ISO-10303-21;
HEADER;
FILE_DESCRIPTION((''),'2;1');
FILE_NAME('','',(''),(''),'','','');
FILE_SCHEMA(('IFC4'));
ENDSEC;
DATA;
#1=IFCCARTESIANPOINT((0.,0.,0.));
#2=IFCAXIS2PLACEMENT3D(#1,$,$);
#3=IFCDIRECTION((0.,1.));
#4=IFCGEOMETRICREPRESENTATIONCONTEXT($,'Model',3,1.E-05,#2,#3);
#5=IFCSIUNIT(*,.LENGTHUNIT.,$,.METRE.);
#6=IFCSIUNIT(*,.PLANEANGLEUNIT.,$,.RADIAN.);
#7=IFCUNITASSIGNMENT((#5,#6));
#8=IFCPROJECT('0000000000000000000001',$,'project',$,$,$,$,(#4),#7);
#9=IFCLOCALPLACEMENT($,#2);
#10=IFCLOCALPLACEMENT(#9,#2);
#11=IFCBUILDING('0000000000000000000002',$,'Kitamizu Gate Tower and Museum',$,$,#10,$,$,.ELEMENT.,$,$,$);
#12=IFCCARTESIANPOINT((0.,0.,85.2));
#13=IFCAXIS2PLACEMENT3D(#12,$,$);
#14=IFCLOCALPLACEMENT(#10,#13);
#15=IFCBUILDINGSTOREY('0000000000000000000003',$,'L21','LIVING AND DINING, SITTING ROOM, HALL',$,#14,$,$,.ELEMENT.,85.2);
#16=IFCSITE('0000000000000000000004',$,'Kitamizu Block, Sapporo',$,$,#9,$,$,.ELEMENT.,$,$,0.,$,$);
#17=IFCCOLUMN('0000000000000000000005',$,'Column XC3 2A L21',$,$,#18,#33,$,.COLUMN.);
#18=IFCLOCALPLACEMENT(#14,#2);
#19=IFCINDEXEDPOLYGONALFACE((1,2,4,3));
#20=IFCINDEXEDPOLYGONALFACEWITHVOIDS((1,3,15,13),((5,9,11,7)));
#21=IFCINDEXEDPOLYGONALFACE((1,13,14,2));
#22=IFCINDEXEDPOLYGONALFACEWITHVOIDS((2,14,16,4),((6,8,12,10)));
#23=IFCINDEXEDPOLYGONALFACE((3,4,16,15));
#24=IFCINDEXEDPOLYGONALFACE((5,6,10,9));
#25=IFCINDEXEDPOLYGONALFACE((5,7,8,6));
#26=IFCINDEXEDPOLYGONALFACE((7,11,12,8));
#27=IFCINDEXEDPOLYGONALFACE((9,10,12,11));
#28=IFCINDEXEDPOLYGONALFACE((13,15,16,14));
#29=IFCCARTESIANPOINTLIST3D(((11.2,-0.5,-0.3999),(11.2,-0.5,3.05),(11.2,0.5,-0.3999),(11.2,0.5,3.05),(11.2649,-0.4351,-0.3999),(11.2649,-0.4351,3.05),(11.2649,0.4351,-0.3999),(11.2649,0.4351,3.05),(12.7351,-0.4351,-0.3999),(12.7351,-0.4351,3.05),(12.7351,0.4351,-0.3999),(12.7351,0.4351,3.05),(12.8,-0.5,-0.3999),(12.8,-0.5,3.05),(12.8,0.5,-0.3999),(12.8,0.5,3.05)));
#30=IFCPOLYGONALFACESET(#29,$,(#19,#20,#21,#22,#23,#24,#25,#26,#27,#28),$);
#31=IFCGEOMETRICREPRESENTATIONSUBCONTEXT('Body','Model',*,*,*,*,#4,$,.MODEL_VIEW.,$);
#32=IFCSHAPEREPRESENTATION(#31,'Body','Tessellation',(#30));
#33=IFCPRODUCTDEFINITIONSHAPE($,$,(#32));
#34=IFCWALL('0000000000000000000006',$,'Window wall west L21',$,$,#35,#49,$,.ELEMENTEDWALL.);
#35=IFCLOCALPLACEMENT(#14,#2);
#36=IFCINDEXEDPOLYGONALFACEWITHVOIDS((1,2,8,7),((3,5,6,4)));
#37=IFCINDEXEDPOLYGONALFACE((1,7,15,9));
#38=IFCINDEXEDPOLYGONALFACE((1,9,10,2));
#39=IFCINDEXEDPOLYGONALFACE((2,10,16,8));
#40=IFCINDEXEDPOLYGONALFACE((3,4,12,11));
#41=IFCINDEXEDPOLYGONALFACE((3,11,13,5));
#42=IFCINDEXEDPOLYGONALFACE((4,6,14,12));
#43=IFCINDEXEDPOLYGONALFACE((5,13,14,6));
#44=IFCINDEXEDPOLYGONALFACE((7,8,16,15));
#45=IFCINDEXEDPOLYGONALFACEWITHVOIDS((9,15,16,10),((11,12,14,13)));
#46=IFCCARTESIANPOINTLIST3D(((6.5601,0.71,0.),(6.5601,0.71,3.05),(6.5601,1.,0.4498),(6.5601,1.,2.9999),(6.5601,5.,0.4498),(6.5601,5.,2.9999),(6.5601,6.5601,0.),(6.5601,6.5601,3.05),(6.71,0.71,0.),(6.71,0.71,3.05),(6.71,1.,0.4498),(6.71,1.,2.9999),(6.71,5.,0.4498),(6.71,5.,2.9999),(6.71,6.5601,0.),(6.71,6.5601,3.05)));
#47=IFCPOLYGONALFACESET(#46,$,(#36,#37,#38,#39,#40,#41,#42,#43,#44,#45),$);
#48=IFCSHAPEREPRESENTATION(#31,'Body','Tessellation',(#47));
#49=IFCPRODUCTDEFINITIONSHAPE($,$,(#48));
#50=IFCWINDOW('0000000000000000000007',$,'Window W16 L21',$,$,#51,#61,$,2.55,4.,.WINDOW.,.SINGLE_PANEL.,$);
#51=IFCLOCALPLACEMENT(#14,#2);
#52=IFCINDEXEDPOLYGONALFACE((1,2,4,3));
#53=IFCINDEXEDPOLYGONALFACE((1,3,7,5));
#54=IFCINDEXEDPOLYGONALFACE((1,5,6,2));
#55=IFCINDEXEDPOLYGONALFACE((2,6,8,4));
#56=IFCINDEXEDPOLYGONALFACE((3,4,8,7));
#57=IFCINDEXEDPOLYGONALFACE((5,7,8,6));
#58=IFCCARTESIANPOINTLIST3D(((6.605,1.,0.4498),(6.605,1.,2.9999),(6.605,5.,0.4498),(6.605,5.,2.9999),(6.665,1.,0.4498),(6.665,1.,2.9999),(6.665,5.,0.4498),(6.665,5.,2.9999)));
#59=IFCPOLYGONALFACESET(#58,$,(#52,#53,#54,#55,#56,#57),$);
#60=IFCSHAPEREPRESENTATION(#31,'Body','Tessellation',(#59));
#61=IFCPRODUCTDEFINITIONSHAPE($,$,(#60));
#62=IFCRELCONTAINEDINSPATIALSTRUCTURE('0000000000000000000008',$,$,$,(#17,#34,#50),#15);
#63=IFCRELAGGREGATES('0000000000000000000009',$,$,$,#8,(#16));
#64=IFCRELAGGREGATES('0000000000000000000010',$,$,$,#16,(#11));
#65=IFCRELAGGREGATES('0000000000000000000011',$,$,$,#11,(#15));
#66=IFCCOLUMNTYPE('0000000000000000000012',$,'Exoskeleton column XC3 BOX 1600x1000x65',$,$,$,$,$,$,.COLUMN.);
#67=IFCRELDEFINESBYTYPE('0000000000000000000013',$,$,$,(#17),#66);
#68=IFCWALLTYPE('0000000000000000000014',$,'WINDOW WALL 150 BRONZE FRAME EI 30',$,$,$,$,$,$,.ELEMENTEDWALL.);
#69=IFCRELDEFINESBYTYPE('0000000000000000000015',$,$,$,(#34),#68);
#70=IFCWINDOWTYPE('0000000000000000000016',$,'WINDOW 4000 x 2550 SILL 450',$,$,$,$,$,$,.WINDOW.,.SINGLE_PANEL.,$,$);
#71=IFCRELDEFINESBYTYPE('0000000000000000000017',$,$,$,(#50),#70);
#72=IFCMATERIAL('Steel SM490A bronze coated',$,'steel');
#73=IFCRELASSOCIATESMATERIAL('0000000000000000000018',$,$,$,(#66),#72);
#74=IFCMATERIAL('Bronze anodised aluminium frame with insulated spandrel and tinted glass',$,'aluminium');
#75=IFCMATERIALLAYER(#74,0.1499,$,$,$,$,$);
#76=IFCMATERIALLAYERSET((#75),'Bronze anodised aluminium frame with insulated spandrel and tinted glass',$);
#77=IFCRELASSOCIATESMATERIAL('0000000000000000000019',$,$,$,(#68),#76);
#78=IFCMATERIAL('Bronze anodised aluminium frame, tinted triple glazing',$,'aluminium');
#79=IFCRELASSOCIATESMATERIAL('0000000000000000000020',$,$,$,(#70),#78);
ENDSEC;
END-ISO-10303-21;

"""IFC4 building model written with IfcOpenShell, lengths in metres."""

from ifc_helpers import new_model, si_unit, direction, frame, frame_2d, origin, origin_2d, place, context, subcontext, project, spatial, rectangle, hollow_rectangle, extrude, material, layer, layer_set, material_profile, profile_set, type_object, element, fill, save


model = new_model("IFC4")

# Units and contexts
model_context = context("Model", 3, precision=1e-05, world=origin(), true_north=direction((0.0, 1.0)))
body_context = subcontext(model_context, "Body", "Model", "MODEL_VIEW")
ifc_project = project(units=[si_unit("LENGTHUNIT", "METRE"), si_unit("PLANEANGLEUNIT", "RADIAN")], contexts=[model_context])

# Site, building, storey
site_placement = place(None, origin())
site = spatial("IfcSite", under=ifc_project, at=site_placement, Name="Kitamizu Block, Sapporo", CompositionType="ELEMENT", RefElevation=0.0)
building_placement = place(site_placement, origin())
building = spatial("IfcBuilding", under=site, at=building_placement, Name="Kitamizu Gate Tower and Museum", CompositionType="ELEMENT")
storey_placement = place(building_placement, frame((0.0, 0.0, 85.2)))
storey = spatial("IfcBuildingStorey", under=building, at=storey_placement, Name="L21", Description="LIVING AND DINING, SITTING ROOM, HALL", CompositionType="ELEMENT", Elevation=85.2)

# Column
ifc_material_1 = material(Name="Steel SM490A bronze coated", Category="steel")
ifc_material_profile = material_profile(ifc_material_1, hollow_rectangle(XDim=1.6001, YDim=1.0, WallThickness=0.0649, at=origin_2d()), Name="BOX 1600x1000x65")
ifc_profile_set = profile_set([ifc_material_profile], Name="Steel SM490A bronze coated")
column_type = type_object("IfcColumnType", Name="Exoskeleton column XC3 BOX 1600x1000x65", PredefinedType="COLUMN", material=ifc_profile_set)
column_placement = place(storey_placement, frame((12.0, 0.0, -0.3999), z_axis=(0.0, 0.0, 1.0), x_axis=(1.0, 0.0, 0.0)))
element("IfcColumn", 1, at=column_placement, inside=storey, type_object=column_type, Name="Column XC3 2A L21", PredefinedType="COLUMN", context=body_context, shape_type="SweptSolid", body=[
    extrude(hollow_rectangle(XDim=1.6001, YDim=1.0, WallThickness=0.0649, at=origin_2d()), origin(), (0.0, 0.0, 1.0), 3.45),
])

# Wall, opening, window
ifc_material_2 = material(Name="Bronze anodised aluminium frame with insulated spandrel and tinted glass", Category="aluminium")
ifc_layer = layer(ifc_material_2, 0.1499)
ifc_layer_set = layer_set([ifc_layer], Name="Bronze anodised aluminium frame with insulated spandrel and tinted glass")
wall_type = type_object("IfcWallType", Name="WINDOW WALL 150 BRONZE FRAME EI 30", PredefinedType="ELEMENTEDWALL", material=ifc_layer_set)
wall_placement = place(storey_placement, frame((6.635, 0.71, 0.0), z_axis=(0.0, 0.0, 1.0), x_axis=(0.0, 1.0, 0.0)))
wall = element("IfcWall", 2, at=wall_placement, inside=storey, type_object=wall_type, Name="Window wall west L21", PredefinedType="ELEMENTEDWALL", context=body_context, shape_type="SweptSolid", body=[
    extrude(rectangle(XDim=5.8501, YDim=0.1499, at=frame_2d((2.925, 0.0))), origin(), (0.0, 0.0, 1.0), 3.05),
])
opening_placement = place(wall_placement, frame((0.29, 0.0, 0.45)))
opening = element("IfcOpeningElement", 3, at=opening_placement, cuts=wall, PredefinedType="OPENING", context=body_context, shape_type="SweptSolid", body=[
    extrude(rectangle(XDim=4.0, YDim=2.55, at=frame_2d((2.0, 1.2749))), frame((0.0, 0.085, 0.0), z_axis=(0.0, -1.0, 0.0), x_axis=(1.0, 0.0, 0.0)), (0.0, 0.0, 1.0), 0.1699),
])
ifc_material_3 = material(Name="Bronze anodised aluminium frame, tinted triple glazing", Category="aluminium")
window_type = type_object("IfcWindowType", Name="WINDOW 4000 x 2550 SILL 450", PartitioningType="SINGLE_PANEL", PredefinedType="WINDOW", material=ifc_material_3)
window_placement = place(opening_placement, origin())
window = element("IfcWindow", 4, at=window_placement, inside=storey, type_object=window_type, Name="Window W16 L21", OverallHeight=2.55, OverallWidth=4.0, PartitioningType="SINGLE_PANEL", PredefinedType="WINDOW", context=body_context, shape_type="SweptSolid", body=[
    extrude(rectangle(XDim=4.0, YDim=2.55, at=frame_2d((2.0, 1.2749))), frame((0.0, 0.03, 0.0), z_axis=(0.0, -1.0, 0.0), x_axis=(1.0, 0.0, 0.0)), (0.0, 0.0, 1.0), 0.0601),
])
fill(opening, window)

save(model, "model.ifc")
